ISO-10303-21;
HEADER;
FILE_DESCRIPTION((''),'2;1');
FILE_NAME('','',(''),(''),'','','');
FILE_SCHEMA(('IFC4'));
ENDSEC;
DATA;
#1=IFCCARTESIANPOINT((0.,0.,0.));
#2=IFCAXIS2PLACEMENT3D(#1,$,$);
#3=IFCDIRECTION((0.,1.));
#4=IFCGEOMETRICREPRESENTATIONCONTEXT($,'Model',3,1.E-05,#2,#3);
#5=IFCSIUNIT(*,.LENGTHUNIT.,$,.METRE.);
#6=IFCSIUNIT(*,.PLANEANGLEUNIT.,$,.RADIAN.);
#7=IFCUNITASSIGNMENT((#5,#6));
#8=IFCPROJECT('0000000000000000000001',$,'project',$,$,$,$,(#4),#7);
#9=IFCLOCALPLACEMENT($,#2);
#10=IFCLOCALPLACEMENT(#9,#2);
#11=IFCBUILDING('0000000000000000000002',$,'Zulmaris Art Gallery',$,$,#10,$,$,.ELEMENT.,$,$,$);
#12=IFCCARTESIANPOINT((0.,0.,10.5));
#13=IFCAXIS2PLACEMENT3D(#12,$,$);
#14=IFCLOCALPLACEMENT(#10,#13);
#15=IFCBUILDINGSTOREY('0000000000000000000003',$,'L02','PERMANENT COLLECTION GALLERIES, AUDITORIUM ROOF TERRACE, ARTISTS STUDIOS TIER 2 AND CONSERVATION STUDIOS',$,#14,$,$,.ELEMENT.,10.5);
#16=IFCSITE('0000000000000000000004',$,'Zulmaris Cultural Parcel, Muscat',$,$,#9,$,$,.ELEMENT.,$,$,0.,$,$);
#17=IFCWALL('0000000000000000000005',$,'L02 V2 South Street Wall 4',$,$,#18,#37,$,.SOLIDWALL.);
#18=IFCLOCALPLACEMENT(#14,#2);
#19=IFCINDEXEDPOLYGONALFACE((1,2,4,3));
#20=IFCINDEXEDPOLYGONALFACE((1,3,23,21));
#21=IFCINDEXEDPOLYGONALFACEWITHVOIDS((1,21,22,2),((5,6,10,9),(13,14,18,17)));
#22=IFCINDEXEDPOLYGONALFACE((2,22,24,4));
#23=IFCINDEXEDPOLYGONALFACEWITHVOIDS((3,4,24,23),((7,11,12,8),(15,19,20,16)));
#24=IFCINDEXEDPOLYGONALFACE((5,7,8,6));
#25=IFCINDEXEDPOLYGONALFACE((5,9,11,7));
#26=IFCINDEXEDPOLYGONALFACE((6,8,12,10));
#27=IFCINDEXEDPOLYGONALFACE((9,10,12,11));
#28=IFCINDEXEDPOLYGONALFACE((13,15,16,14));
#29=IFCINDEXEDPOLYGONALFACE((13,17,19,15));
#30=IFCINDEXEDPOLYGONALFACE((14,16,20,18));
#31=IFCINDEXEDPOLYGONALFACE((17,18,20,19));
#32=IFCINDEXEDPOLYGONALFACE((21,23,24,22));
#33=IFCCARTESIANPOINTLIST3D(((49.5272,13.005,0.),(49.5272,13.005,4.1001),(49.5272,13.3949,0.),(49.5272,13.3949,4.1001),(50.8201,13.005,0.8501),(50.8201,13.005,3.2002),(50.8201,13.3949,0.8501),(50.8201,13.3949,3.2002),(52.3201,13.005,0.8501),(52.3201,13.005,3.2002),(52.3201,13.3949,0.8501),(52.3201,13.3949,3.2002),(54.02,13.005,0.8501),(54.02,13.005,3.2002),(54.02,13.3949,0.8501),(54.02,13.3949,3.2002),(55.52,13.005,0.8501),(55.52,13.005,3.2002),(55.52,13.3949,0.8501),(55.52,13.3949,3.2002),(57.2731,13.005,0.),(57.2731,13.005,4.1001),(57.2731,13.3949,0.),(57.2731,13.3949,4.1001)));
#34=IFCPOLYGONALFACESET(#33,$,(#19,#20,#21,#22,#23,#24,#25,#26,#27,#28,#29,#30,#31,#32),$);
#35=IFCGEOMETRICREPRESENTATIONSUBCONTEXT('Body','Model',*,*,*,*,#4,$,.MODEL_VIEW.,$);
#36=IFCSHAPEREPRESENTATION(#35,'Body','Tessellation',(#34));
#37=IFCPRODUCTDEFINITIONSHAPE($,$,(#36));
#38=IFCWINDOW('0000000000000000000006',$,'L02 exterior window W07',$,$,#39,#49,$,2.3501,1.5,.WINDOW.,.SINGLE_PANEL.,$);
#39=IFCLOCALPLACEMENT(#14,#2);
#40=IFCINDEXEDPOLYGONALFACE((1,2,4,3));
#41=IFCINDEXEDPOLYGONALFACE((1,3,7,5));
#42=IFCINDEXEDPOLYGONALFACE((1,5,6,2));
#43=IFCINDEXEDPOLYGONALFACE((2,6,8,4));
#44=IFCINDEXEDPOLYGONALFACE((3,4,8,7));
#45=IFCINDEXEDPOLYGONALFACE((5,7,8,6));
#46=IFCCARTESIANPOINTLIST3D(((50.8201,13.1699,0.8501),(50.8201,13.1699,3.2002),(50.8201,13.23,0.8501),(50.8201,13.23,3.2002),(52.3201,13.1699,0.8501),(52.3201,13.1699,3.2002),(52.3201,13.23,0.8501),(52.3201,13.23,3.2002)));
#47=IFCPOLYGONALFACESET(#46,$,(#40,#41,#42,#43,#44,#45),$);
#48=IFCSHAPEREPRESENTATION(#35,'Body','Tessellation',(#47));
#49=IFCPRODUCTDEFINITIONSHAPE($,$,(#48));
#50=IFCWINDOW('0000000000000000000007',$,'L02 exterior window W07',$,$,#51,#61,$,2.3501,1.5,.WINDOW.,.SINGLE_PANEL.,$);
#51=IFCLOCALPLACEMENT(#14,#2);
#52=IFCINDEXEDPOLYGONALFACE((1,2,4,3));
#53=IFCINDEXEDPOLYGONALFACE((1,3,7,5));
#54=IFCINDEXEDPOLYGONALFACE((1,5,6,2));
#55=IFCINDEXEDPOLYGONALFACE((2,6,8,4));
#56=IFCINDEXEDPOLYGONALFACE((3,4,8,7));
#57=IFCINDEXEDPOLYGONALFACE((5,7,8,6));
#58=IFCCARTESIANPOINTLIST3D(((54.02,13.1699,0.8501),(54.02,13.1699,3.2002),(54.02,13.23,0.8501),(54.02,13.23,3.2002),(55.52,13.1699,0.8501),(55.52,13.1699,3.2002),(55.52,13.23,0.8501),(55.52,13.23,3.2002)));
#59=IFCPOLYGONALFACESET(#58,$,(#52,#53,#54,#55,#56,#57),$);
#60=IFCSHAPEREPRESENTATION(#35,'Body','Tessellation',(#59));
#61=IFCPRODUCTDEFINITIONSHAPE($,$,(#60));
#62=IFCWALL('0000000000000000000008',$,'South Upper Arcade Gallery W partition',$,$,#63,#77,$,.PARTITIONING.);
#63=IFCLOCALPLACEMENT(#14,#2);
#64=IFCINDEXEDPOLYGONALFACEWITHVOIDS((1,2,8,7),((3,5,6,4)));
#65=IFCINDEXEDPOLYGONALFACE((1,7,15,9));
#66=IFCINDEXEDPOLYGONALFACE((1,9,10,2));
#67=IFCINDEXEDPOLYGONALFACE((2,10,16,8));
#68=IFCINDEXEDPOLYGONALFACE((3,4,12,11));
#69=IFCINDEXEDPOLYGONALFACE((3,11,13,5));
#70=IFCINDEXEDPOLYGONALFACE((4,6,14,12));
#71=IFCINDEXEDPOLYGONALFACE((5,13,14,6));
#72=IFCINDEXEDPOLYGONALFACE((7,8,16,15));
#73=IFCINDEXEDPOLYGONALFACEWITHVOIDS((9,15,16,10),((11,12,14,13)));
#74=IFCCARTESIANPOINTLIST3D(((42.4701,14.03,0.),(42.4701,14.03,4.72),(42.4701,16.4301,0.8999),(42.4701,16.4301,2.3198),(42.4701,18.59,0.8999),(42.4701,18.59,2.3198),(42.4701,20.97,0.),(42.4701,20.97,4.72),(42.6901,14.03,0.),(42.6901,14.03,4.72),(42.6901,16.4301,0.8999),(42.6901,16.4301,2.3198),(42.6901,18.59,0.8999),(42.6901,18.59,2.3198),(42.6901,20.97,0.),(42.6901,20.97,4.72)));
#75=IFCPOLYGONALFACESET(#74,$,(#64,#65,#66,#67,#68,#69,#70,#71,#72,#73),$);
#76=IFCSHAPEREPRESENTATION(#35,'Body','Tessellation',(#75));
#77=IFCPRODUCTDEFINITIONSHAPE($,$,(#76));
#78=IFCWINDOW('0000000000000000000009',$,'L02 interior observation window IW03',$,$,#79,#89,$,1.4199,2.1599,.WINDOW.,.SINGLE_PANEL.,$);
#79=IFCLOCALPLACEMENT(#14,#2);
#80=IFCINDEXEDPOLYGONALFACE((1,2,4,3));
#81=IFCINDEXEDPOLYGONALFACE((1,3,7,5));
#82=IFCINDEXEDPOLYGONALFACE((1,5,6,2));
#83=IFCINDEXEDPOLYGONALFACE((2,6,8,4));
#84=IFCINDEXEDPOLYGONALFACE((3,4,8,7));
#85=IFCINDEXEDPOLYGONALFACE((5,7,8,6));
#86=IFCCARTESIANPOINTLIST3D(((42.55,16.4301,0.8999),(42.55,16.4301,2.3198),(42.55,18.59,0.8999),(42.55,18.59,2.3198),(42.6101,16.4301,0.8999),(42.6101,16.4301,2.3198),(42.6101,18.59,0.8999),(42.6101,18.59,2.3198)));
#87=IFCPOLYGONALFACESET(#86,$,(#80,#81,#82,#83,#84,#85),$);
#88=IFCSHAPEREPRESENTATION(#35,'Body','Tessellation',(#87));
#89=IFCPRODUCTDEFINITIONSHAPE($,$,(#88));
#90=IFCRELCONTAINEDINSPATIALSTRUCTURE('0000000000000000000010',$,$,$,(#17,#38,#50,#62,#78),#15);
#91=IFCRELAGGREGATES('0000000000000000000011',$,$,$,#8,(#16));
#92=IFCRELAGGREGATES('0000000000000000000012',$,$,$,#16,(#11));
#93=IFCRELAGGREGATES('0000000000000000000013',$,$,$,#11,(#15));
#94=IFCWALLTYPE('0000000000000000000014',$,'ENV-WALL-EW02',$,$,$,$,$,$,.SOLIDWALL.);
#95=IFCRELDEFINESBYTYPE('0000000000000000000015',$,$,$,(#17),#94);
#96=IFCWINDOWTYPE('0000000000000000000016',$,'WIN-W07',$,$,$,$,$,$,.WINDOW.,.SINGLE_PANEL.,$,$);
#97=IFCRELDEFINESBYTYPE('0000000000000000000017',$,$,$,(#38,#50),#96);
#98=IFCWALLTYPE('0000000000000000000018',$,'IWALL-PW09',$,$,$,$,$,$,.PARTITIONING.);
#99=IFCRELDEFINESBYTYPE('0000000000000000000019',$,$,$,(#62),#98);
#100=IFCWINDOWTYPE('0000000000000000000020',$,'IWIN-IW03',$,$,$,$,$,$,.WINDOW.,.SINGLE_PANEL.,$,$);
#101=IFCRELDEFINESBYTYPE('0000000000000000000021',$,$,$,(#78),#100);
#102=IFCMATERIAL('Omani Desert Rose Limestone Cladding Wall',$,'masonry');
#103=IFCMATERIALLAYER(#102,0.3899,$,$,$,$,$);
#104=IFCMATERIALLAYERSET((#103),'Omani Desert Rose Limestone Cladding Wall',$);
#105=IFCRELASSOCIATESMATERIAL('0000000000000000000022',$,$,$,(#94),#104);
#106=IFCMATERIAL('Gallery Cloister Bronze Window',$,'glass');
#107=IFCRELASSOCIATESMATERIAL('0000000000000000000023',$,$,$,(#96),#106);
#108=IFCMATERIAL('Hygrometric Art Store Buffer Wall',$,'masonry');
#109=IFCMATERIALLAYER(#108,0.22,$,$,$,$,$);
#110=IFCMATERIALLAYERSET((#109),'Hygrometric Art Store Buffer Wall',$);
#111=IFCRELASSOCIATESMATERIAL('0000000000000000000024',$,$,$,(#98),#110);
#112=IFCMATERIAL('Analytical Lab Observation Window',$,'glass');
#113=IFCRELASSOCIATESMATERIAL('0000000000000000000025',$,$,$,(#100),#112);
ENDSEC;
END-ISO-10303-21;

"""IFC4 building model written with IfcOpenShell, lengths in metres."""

from ifc_helpers import new_model, si_unit, direction, frame, frame_2d, origin, place, context, subcontext, project, spatial, rectangle, extrude, material, layer, layer_set, type_object, element, fill, save


model = new_model("IFC4")

# Units and contexts
model_context = context("Model", 3, precision=1e-05, world=origin(), true_north=direction((0.0, 1.0)))
body_context = subcontext(model_context, "Body", "Model", "MODEL_VIEW")
ifc_project = project(units=[si_unit("LENGTHUNIT", "METRE"), si_unit("PLANEANGLEUNIT", "RADIAN")], contexts=[model_context])

# Site, building, storey
site_placement = place(None, origin())
site = spatial("IfcSite", under=ifc_project, at=site_placement, Name="Zulmaris Cultural Parcel, Muscat", CompositionType="ELEMENT", RefElevation=0.0)
building_placement = place(site_placement, origin())
building = spatial("IfcBuilding", under=site, at=building_placement, Name="Zulmaris Art Gallery", CompositionType="ELEMENT")
storey_placement = place(building_placement, frame((0.0, 0.0, 10.5)))
storey = spatial("IfcBuildingStorey", under=building, at=storey_placement, Name="L02", Description="PERMANENT COLLECTION GALLERIES, AUDITORIUM ROOF TERRACE, ARTISTS STUDIOS TIER 2 AND CONSERVATION STUDIOS", CompositionType="ELEMENT", Elevation=10.5)

# Wall, openings, windows
ifc_material_1 = material(Name="Omani Desert Rose Limestone Cladding Wall", Category="masonry")
ifc_layer_1 = layer(ifc_material_1, 0.3899)
ifc_layer_set_1 = layer_set([ifc_layer_1], Name="Omani Desert Rose Limestone Cladding Wall")
wall_type_1 = type_object("IfcWallType", Name="ENV-WALL-EW02", PredefinedType="SOLIDWALL", material=ifc_layer_set_1)
wall_1_placement = place(storey_placement, frame((49.5271, 13.2, 0.0), z_axis=(0.0, 0.0, 1.0), x_axis=(1.0, 0.0, 0.0)))
wall_1 = element("IfcWall", 1, at=wall_1_placement, inside=storey, type_object=wall_type_1, Name="L02 V2 South Street Wall 4", PredefinedType="SOLIDWALL", context=body_context, shape_type="SweptSolid", body=[
    extrude(rectangle(XDim=7.7458, YDim=0.3899, at=frame_2d((3.873, 0.0))), origin(), (0.0, 0.0, 1.0), 4.1001),
])
opening_1_placement = place(wall_1_placement, frame((1.293, 0.0, 0.8501)))
opening_1 = element("IfcOpeningElement", 2, at=opening_1_placement, cuts=wall_1, PredefinedType="OPENING", context=body_context, shape_type="SweptSolid", body=[
    extrude(rectangle(XDim=1.5, YDim=2.3501, at=frame_2d((0.75, 1.175))), frame((0.0, 0.2048, 0.0), z_axis=(0.0, -1.0, 0.0), x_axis=(1.0, 0.0, 0.0)), (0.0, 0.0, 1.0), 0.4099),
])
opening_2_placement = place(wall_1_placement, frame((4.4929, 0.0, 0.8501)))
opening_2 = element("IfcOpeningElement", 3, at=opening_2_placement, cuts=wall_1, PredefinedType="OPENING", context=body_context, shape_type="SweptSolid", body=[
    extrude(rectangle(XDim=1.5, YDim=2.3501, at=frame_2d((0.75, 1.175))), frame((0.0, 0.2048, 0.0), z_axis=(0.0, -1.0, 0.0), x_axis=(1.0, 0.0, 0.0)), (0.0, 0.0, 1.0), 0.4099),
])
ifc_material_2 = material(Name="Gallery Cloister Bronze Window", Category="glass")
window_type_1 = type_object("IfcWindowType", Name="WIN-W07", PartitioningType="SINGLE_PANEL", PredefinedType="WINDOW", material=ifc_material_2)
window_1_placement = place(opening_1_placement, origin())
window_1 = element("IfcWindow", 4, at=window_1_placement, inside=storey, type_object=window_type_1, Name="L02 exterior window W07", OverallHeight=2.3501, OverallWidth=1.5, PartitioningType="SINGLE_PANEL", PredefinedType="WINDOW", context=body_context, shape_type="SweptSolid", body=[
    extrude(rectangle(XDim=1.5, YDim=2.3501, at=frame_2d((0.75, 1.175))), frame((0.0, 0.03, 0.0), z_axis=(0.0, -1.0, 0.0), x_axis=(1.0, 0.0, 0.0)), (0.0, 0.0, 1.0), 0.0601),
])
fill(opening_1, window_1)
window_2_placement = place(opening_2_placement, origin())
window_2 = element("IfcWindow", 5, at=window_2_placement, inside=storey, type_object=window_type_1, Name="L02 exterior window W07", OverallHeight=2.3501, OverallWidth=1.5, PartitioningType="SINGLE_PANEL", PredefinedType="WINDOW", context=body_context, shape_type="SweptSolid", body=[
    extrude(rectangle(XDim=1.5, YDim=2.3501, at=frame_2d((0.75, 1.175))), frame((0.0, 0.03, 0.0), z_axis=(0.0, -1.0, 0.0), x_axis=(1.0, 0.0, 0.0)), (0.0, 0.0, 1.0), 0.0601),
])
fill(opening_2, window_2)

# Wall, opening, window
ifc_material_3 = material(Name="Hygrometric Art Store Buffer Wall", Category="masonry")
ifc_layer_2 = layer(ifc_material_3, 0.22)
ifc_layer_set_2 = layer_set([ifc_layer_2], Name="Hygrometric Art Store Buffer Wall")
wall_type_2 = type_object("IfcWallType", Name="IWALL-PW09", PredefinedType="PARTITIONING", material=ifc_layer_set_2)
wall_2_placement = place(storey_placement, frame((42.5801, 14.03, 0.0), z_axis=(0.0, 0.0, 1.0), x_axis=(0.0, 1.0, 0.0)))
wall_2 = element("IfcWall", 6, at=wall_2_placement, inside=storey, type_object=wall_type_2, Name="South Upper Arcade Gallery W partition", PredefinedType="PARTITIONING", context=body_context, shape_type="SweptSolid", body=[
    extrude(rectangle(XDim=6.9399, YDim=0.22, at=frame_2d((3.47, 0.0))), origin(), (0.0, 0.0, 1.0), 4.72),
])
opening_3_placement = place(wall_2_placement, frame((2.3999, 0.0, 0.8999)))
opening_3 = element("IfcOpeningElement", 7, at=opening_3_placement, cuts=wall_2, PredefinedType="OPENING", context=body_context, shape_type="SweptSolid", body=[
    extrude(rectangle(XDim=2.1599, YDim=1.4199, at=frame_2d((1.0801, 0.71))), frame((0.0, 0.1199, 0.0), z_axis=(0.0, -1.0, 0.0), x_axis=(1.0, 0.0, 0.0)), (0.0, 0.0, 1.0), 0.24),
])
ifc_material_4 = material(Name="Analytical Lab Observation Window", Category="glass")
window_type_2 = type_object("IfcWindowType", Name="IWIN-IW03", PartitioningType="SINGLE_PANEL", PredefinedType="WINDOW", material=ifc_material_4)
window_3_placement = place(opening_3_placement, origin())
window_3 = element("IfcWindow", 8, at=window_3_placement, inside=storey, type_object=window_type_2, Name="L02 interior observation window IW03", OverallHeight=1.4199, OverallWidth=2.1599, PartitioningType="SINGLE_PANEL", PredefinedType="WINDOW", context=body_context, shape_type="SweptSolid", body=[
    extrude(rectangle(XDim=2.1599, YDim=1.4199, at=frame_2d((1.0801, 0.71))), frame((0.0, 0.03, 0.0), z_axis=(0.0, -1.0, 0.0), x_axis=(1.0, 0.0, 0.0)), (0.0, 0.0, 1.0), 0.0601),
])
fill(opening_3, window_3)

save(model, "model.ifc")
